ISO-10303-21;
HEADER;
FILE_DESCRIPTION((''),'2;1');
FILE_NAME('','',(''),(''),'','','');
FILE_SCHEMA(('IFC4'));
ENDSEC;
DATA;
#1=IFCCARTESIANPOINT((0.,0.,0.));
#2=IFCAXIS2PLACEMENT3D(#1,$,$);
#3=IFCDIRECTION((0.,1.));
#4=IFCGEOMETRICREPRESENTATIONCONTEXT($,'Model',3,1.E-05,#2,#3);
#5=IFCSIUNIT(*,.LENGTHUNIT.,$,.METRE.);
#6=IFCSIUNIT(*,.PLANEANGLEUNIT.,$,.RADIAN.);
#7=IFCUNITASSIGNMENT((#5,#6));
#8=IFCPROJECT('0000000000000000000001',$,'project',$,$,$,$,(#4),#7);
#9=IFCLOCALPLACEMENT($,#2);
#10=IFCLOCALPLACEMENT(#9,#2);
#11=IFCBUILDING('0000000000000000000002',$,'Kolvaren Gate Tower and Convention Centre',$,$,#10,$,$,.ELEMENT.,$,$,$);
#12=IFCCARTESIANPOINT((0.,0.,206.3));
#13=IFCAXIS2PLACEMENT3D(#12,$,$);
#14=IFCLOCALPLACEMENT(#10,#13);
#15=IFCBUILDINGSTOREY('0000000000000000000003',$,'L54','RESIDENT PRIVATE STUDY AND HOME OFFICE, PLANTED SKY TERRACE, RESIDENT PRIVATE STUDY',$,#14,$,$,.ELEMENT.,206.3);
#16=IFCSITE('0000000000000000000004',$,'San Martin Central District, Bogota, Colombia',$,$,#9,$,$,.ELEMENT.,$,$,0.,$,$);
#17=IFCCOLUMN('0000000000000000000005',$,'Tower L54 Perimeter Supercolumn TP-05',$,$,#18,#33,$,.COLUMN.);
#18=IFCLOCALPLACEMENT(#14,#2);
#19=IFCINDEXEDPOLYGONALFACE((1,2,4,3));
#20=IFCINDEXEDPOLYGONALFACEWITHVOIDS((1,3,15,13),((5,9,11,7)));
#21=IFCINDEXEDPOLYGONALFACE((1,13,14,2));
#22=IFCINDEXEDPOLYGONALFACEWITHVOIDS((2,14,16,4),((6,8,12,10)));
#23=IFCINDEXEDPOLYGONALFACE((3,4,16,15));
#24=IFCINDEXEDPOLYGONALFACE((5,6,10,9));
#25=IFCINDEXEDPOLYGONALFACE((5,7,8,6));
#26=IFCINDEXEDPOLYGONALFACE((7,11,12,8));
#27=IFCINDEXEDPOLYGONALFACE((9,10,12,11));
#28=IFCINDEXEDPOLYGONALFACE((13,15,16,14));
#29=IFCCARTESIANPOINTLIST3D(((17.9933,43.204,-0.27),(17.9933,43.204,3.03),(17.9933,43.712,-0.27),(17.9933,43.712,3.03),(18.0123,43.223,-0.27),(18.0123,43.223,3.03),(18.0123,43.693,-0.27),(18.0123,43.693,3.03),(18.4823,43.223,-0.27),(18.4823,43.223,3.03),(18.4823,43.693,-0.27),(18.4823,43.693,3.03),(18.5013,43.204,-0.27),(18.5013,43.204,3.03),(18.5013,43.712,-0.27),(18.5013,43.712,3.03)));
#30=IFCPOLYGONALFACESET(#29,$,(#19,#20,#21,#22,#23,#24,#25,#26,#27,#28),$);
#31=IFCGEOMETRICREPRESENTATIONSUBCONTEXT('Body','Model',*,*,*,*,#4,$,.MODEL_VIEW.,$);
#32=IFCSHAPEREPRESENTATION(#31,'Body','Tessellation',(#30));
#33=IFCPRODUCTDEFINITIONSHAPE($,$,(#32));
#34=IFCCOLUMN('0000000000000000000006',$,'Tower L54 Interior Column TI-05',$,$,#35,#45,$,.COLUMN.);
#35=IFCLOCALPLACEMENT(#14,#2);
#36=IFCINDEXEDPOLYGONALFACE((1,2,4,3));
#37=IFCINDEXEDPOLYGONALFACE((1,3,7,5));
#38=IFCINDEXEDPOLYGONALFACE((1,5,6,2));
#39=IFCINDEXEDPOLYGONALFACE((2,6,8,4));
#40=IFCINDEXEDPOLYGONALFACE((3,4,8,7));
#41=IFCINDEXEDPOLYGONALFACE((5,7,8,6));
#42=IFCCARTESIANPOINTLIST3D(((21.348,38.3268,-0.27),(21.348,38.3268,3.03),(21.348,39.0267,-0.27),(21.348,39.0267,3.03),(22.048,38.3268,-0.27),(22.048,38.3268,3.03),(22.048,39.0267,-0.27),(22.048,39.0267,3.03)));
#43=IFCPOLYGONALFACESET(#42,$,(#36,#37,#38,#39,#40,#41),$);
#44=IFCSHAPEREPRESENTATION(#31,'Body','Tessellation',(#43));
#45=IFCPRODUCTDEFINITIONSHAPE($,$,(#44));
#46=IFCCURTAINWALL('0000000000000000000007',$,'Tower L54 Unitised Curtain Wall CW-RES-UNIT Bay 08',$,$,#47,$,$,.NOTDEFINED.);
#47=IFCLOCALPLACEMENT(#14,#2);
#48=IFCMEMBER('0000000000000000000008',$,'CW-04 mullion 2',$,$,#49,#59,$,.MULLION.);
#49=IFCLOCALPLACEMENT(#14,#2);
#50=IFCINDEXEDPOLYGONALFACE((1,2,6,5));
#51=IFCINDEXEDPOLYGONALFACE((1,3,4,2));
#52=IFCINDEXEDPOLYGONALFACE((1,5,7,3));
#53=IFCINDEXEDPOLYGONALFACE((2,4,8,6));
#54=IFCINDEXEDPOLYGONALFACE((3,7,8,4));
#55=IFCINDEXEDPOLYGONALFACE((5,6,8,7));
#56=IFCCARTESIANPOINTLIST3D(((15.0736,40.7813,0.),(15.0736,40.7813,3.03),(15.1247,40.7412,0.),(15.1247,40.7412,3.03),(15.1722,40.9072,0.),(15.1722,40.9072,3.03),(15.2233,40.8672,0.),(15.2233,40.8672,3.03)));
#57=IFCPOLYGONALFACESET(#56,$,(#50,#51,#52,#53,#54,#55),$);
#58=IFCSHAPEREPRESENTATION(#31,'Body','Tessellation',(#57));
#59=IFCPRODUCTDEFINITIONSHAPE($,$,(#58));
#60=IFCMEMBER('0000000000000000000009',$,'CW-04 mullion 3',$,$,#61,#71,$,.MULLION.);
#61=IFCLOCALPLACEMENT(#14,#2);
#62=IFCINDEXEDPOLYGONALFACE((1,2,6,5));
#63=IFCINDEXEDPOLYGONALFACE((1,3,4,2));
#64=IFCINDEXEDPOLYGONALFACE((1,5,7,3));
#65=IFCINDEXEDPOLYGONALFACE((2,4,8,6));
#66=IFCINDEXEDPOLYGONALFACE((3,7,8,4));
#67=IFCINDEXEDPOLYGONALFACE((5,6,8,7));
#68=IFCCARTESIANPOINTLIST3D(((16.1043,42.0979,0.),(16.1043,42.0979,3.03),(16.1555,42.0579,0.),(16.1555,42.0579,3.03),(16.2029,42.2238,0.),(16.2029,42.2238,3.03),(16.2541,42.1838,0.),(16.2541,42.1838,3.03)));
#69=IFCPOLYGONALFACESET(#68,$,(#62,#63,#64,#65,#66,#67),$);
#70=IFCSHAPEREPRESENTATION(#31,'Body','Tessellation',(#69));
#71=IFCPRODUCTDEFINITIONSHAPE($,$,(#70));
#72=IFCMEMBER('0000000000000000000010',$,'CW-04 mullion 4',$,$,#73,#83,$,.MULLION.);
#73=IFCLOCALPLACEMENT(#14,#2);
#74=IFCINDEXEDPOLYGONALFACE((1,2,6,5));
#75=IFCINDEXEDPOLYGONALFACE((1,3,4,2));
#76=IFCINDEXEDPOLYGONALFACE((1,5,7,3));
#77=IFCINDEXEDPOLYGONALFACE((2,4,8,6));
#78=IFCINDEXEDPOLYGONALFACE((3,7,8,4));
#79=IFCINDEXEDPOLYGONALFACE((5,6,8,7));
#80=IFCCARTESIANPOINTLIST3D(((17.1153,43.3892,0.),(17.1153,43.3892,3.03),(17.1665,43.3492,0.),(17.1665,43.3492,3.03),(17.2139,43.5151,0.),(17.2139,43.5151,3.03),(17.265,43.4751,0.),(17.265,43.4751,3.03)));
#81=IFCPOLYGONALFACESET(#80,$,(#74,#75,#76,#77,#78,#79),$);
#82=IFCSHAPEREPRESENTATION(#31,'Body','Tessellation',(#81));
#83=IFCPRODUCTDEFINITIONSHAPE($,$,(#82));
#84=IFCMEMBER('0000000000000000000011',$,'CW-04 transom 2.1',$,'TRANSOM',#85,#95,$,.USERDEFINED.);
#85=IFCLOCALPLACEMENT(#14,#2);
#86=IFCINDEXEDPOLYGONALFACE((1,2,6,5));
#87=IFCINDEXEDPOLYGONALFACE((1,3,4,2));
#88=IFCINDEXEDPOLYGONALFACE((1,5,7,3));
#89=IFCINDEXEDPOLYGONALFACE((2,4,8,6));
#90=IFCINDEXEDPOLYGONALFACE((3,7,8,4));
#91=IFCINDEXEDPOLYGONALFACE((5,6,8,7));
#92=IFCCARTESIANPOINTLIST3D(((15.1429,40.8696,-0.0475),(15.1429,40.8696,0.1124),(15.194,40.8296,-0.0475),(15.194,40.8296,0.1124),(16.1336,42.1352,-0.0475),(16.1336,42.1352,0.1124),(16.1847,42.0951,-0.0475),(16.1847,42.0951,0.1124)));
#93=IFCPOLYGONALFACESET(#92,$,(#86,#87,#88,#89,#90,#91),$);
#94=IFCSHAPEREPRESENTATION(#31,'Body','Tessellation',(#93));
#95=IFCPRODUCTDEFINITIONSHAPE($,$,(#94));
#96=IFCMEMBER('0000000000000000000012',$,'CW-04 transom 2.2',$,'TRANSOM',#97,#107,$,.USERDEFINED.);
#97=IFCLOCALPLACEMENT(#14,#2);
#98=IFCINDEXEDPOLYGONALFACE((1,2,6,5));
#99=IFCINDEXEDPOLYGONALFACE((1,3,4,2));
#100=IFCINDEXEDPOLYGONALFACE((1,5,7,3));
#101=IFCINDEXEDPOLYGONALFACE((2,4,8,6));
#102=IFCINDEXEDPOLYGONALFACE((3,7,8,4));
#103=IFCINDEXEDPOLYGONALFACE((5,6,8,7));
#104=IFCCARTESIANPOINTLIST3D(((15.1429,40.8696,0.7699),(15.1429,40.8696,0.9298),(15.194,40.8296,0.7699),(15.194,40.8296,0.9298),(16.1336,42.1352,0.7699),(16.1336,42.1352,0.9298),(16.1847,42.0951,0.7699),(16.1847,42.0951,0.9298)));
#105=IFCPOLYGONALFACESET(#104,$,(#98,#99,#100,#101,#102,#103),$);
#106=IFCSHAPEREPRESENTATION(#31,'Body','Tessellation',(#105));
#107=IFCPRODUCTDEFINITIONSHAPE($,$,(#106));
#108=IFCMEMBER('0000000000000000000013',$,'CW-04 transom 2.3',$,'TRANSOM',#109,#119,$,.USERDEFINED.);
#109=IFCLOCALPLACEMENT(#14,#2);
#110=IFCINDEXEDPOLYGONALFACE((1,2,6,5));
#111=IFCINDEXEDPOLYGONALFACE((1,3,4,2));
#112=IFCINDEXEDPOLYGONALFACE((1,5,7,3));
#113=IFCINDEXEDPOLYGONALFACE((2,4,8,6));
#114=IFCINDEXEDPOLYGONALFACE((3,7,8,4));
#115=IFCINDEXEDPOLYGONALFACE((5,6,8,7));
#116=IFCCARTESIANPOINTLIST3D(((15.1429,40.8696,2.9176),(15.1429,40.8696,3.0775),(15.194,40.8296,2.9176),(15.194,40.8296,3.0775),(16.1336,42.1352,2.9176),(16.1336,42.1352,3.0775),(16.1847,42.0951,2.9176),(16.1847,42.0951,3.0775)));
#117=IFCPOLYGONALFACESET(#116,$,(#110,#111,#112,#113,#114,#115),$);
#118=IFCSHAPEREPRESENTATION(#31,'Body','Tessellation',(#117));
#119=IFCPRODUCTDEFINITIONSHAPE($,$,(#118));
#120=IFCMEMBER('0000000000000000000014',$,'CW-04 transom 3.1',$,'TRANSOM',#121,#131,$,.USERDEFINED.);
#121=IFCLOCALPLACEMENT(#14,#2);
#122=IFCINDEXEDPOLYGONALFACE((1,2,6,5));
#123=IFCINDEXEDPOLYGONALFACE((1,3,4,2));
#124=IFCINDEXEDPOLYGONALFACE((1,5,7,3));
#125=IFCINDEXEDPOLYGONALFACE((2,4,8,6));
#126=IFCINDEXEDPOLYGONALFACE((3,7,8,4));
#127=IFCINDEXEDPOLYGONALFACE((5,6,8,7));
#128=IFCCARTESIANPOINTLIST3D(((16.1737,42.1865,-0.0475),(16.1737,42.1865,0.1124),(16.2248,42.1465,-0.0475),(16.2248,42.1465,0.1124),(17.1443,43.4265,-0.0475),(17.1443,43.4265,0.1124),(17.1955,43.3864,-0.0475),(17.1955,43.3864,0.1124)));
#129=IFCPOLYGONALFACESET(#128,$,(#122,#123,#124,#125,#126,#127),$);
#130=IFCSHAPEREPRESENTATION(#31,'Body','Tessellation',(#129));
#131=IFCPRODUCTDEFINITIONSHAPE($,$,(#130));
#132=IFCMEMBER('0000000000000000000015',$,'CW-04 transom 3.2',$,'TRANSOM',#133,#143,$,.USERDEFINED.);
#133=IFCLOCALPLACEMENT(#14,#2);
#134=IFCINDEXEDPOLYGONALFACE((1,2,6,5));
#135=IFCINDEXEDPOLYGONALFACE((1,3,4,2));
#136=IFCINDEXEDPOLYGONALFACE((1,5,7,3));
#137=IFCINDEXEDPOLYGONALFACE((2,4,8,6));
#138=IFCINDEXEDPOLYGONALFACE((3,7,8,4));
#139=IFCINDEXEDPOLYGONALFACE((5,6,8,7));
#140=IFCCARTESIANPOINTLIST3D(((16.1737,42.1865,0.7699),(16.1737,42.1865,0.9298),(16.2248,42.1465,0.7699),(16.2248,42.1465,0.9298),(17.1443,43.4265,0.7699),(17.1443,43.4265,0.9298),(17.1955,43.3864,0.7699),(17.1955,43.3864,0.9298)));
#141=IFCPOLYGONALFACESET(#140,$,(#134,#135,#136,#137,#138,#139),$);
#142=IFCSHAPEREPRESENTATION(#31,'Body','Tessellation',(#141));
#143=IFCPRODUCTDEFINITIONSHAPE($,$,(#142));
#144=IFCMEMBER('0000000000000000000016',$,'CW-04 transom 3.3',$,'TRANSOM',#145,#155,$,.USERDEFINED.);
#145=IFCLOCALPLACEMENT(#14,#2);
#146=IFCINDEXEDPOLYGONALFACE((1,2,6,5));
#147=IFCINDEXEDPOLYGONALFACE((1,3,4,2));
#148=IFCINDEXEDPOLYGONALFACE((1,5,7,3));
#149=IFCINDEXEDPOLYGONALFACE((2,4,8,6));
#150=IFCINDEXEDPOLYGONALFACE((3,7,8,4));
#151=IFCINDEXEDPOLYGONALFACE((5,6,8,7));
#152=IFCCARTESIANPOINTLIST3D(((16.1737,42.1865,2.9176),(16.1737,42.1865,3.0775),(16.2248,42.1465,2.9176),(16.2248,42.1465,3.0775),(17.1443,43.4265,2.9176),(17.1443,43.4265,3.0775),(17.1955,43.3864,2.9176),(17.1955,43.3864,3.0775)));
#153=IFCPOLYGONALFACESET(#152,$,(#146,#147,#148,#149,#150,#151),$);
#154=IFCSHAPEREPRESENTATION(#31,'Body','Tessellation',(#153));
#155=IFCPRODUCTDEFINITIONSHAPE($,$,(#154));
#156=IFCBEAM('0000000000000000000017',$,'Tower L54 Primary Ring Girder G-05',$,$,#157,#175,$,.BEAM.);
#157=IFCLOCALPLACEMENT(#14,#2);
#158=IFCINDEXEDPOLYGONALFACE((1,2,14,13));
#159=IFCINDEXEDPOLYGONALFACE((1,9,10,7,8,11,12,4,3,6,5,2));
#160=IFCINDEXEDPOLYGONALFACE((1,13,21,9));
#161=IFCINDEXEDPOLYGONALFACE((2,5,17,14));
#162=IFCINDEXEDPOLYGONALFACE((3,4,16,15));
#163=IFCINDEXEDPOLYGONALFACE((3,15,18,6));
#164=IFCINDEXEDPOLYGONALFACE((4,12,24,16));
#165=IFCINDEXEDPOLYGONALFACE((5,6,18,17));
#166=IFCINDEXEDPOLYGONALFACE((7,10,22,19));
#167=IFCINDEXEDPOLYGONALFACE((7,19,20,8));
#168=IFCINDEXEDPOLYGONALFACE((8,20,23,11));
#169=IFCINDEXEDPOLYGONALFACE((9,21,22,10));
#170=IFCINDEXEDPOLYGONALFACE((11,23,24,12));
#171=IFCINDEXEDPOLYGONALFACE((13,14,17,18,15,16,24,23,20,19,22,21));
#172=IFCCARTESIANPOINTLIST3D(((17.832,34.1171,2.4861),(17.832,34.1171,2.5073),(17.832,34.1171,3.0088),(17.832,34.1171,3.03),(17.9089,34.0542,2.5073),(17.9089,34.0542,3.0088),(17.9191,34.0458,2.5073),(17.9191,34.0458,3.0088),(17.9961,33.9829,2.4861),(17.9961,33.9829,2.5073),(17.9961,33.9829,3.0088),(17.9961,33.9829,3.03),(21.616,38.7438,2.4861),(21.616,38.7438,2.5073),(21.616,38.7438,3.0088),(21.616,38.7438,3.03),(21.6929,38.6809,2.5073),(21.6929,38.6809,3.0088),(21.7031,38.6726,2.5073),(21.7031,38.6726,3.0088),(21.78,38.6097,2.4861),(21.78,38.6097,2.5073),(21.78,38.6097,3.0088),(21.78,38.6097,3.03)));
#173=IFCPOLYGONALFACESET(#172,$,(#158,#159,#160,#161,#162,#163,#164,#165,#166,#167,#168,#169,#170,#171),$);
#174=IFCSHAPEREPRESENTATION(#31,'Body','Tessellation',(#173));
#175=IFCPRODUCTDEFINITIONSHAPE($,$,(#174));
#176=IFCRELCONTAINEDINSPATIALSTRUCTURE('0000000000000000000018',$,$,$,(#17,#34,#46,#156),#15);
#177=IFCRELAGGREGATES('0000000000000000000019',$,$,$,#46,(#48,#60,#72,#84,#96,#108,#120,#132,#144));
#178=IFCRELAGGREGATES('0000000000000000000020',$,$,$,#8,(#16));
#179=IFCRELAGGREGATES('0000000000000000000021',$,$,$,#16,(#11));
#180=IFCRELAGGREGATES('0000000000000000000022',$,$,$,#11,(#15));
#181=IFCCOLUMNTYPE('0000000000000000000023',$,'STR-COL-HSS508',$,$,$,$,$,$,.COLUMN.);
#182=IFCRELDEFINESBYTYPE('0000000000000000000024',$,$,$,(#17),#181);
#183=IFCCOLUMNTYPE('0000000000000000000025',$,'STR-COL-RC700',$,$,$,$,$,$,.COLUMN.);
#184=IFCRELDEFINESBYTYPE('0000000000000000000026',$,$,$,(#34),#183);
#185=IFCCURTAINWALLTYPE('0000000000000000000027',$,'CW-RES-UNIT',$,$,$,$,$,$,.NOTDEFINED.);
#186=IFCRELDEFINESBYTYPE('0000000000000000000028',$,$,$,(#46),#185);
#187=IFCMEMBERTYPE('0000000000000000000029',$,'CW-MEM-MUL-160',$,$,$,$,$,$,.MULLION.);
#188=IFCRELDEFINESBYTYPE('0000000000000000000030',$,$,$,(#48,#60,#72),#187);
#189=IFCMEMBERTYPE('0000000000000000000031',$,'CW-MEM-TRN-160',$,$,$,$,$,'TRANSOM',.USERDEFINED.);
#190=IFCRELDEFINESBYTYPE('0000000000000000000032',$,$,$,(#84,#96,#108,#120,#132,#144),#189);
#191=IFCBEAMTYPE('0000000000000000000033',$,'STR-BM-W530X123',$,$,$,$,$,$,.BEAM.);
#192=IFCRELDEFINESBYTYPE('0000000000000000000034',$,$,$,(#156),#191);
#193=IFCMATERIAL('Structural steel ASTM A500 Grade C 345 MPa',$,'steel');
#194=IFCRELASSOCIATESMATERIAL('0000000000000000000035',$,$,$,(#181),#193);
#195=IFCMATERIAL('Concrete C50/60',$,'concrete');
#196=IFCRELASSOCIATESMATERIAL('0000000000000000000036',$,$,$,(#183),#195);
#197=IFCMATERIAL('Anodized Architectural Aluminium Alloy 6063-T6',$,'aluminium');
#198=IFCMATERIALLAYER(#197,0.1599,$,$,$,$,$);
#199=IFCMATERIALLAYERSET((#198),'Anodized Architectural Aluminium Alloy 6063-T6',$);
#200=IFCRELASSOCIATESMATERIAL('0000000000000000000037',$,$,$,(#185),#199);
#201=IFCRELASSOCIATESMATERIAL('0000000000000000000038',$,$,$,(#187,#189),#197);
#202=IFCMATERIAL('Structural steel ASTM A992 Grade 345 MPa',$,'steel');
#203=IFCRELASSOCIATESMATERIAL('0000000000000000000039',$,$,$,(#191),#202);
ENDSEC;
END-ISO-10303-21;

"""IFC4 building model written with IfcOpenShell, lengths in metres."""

from ifc_helpers import new_model, si_unit, direction, frame, origin, origin_2d, place, context, subcontext, project, spatial, rectangle, hollow_rectangle, i_section, extrude, material, layer, layer_set, material_profile, profile_set, type_object, element, aggregate, save


model = new_model("IFC4")

# Units and contexts
model_context = context("Model", 3, precision=1e-05, world=origin(), true_north=direction((0.0, 1.0)))
body_context = subcontext(model_context, "Body", "Model", "MODEL_VIEW")
ifc_project = project(units=[si_unit("LENGTHUNIT", "METRE"), si_unit("PLANEANGLEUNIT", "RADIAN")], contexts=[model_context])

# Site, building, storey
site_placement = place(None, origin())
site = spatial("IfcSite", under=ifc_project, at=site_placement, Name="San Martin Central District, Bogota, Colombia", CompositionType="ELEMENT", RefElevation=0.0)
building_placement = place(site_placement, origin())
building = spatial("IfcBuilding", under=site, at=building_placement, Name="Kolvaren Gate Tower and Convention Centre", CompositionType="ELEMENT")
storey_placement = place(building_placement, frame((0.0, 0.0, 206.3)))
storey = spatial("IfcBuildingStorey", under=building, at=storey_placement, Name="L54", Description="RESIDENT PRIVATE STUDY AND HOME OFFICE, PLANTED SKY TERRACE, RESIDENT PRIVATE STUDY", CompositionType="ELEMENT", Elevation=206.3)

# Columns
ifc_material_1 = material(Name="Structural steel ASTM A500 Grade C 345 MPa", Category="steel")
ifc_material_profile_1 = material_profile(ifc_material_1, hollow_rectangle(XDim=0.5081, YDim=0.5081, WallThickness=0.019, at=origin_2d()), Name="HSS508X508X19.1")
ifc_profile_set_1 = profile_set([ifc_material_profile_1], Name="Structural steel ASTM A500 Grade C 345 MPa")
column_type_1 = type_object("IfcColumnType", Name="STR-COL-HSS508", PredefinedType="COLUMN", material=ifc_profile_set_1)
column_1_placement = place(storey_placement, frame((18.2473, 43.458, -0.27), z_axis=(0.0, 0.0, 1.0), x_axis=(1.0, 0.0, 0.0)))
element("IfcColumn", 1, at=column_1_placement, inside=storey, type_object=column_type_1, Name="Tower L54 Perimeter Supercolumn TP-05", PredefinedType="COLUMN", context=body_context, shape_type="SweptSolid", body=[
    extrude(hollow_rectangle(XDim=0.5081, YDim=0.5081, WallThickness=0.019, at=origin_2d()), origin(), (0.0, 0.0, 1.0), 3.3),
])
ifc_material_2 = material(Name="Concrete C50/60", Category="concrete")
ifc_material_profile_2 = material_profile(ifc_material_2, rectangle(XDim=0.7, YDim=0.7, at=origin_2d()), Name="RC-COL-700X700")
ifc_profile_set_2 = profile_set([ifc_material_profile_2], Name="Concrete C50/60")
column_type_2 = type_object("IfcColumnType", Name="STR-COL-RC700", PredefinedType="COLUMN", material=ifc_profile_set_2)
column_2_placement = place(storey_placement, frame((21.698, 38.6768, -0.27), z_axis=(0.0, 0.0, 1.0), x_axis=(1.0, 0.0, 0.0)))
element("IfcColumn", 2, at=column_2_placement, inside=storey, type_object=column_type_2, Name="Tower L54 Interior Column TI-05", PredefinedType="COLUMN", context=body_context, shape_type="SweptSolid", body=[
    extrude(rectangle(XDim=0.7, YDim=0.7, at=origin_2d()), origin(), (0.0, 0.0, 1.0), 3.3),
])

# Curtain wall, members
ifc_material_3 = material(Name="Anodized Architectural Aluminium Alloy 6063-T6", Category="aluminium")
ifc_layer_1 = layer(ifc_material_3, 0.1599)
ifc_layer_set_1 = layer_set([ifc_layer_1], Name="Anodized Architectural Aluminium Alloy 6063-T6")
curtain_wall_type = type_object("IfcCurtainWallType", Name="CW-RES-UNIT", PredefinedType="NOTDEFINED", material=ifc_layer_set_1)
curtain_wall_placement = place(storey_placement, origin())
curtain_wall = element("IfcCurtainWall", 3, at=curtain_wall_placement, inside=storey, type_object=curtain_wall_type, Name="Tower L54 Unitised Curtain Wall CW-RES-UNIT Bay 08", PredefinedType="NOTDEFINED")
ifc_material_profile_3 = material_profile(ifc_material_3, rectangle(XDim=0.0649, YDim=0.1599, at=origin_2d()), Name="CW-MEM-MUL-160")
ifc_profile_set_3 = profile_set([ifc_material_profile_3], Name="Anodized Architectural Aluminium Alloy 6063-T6")
member_type_1 = type_object("IfcMemberType", Name="CW-MEM-MUL-160", PredefinedType="MULLION", material=ifc_profile_set_3)
member_1_placement = place(storey_placement, frame((15.1484, 40.8242, 0.0), z_axis=(0.0, 0.0, 1.0), x_axis=(-0.78741, 0.61643, 0.0)))
member_1 = element("IfcMember", 4, at=member_1_placement, type_object=member_type_1, Name="CW-04 mullion 2", PredefinedType="MULLION", context=body_context, shape_type="SweptSolid", body=[
    extrude(rectangle(XDim=0.0649, YDim=0.1599, at=origin_2d()), origin(), (0.0, 0.0, 1.0), 3.03),
])
member_2_placement = place(storey_placement, frame((16.1792, 42.1409, 0.0), z_axis=(0.0, 0.0, 1.0), x_axis=(-0.78741, 0.61643, 0.0)))
member_2 = element("IfcMember", 5, at=member_2_placement, type_object=member_type_1, Name="CW-04 mullion 3", PredefinedType="MULLION", context=body_context, shape_type="SweptSolid", body=[
    extrude(rectangle(XDim=0.0649, YDim=0.1599, at=origin_2d()), origin(), (0.0, 0.0, 1.0), 3.03),
])
member_3_placement = place(storey_placement, frame((17.1902, 43.4321, 0.0), z_axis=(0.0, 0.0, 1.0), x_axis=(-0.78741, 0.61643, 0.0)))
member_3 = element("IfcMember", 6, at=member_3_placement, type_object=member_type_1, Name="CW-04 mullion 4", PredefinedType="MULLION", context=body_context, shape_type="SweptSolid", body=[
    extrude(rectangle(XDim=0.0649, YDim=0.1599, at=origin_2d()), origin(), (0.0, 0.0, 1.0), 3.03),
])
ifc_material_profile_4 = material_profile(ifc_material_3, rectangle(XDim=0.0649, YDim=0.1599, at=origin_2d()), Name="CW-MEM-TRN-160")
ifc_profile_set_4 = profile_set([ifc_material_profile_4], Name="Anodized Architectural Aluminium Alloy 6063-T6")
member_type_2 = type_object("IfcMemberType", Name="CW-MEM-TRN-160", ElementType="TRANSOM", PredefinedType="USERDEFINED", material=ifc_profile_set_4)
member_4_placement = place(storey_placement, frame((15.1685, 40.8496, 0.0325), z_axis=(0.616398, 0.787434, 0.0), x_axis=(-0.787434, 0.616398, 0.0)))
member_4 = element("IfcMember", 7, at=member_4_placement, type_object=member_type_2, Name="CW-04 transom 2.1", ObjectType="TRANSOM", PredefinedType="USERDEFINED", context=body_context, shape_type="SweptSolid", body=[
    extrude(rectangle(XDim=0.0649, YDim=0.1599, at=origin_2d()), origin(), (0.0, 0.0, 1.0), 1.6072),
])
member_5_placement = place(storey_placement, frame((15.1685, 40.8496, 0.8499), z_axis=(0.616398, 0.787434, 0.0), x_axis=(-0.787434, 0.616398, 0.0)))
member_5 = element("IfcMember", 8, at=member_5_placement, type_object=member_type_2, Name="CW-04 transom 2.2", ObjectType="TRANSOM", PredefinedType="USERDEFINED", context=body_context, shape_type="SweptSolid", body=[
    extrude(rectangle(XDim=0.0649, YDim=0.1599, at=origin_2d()), origin(), (0.0, 0.0, 1.0), 1.6072),
])
member_6_placement = place(storey_placement, frame((15.1685, 40.8496, 2.9976), z_axis=(0.616398, 0.787434, 0.0), x_axis=(-0.787434, 0.616398, 0.0)))
member_6 = element("IfcMember", 9, at=member_6_placement, type_object=member_type_2, Name="CW-04 transom 2.3", ObjectType="TRANSOM", PredefinedType="USERDEFINED", context=body_context, shape_type="SweptSolid", body=[
    extrude(rectangle(XDim=0.0649, YDim=0.1599, at=origin_2d()), origin(), (0.0, 0.0, 1.0), 1.6072),
])
member_7_placement = place(storey_placement, frame((16.1992, 42.1665, 0.0325), z_axis=(0.616417, 0.78742, 0.0), x_axis=(-0.78742, 0.616417, 0.0)))
member_7 = element("IfcMember", 10, at=member_7_placement, type_object=member_type_2, Name="CW-04 transom 3.1", ObjectType="TRANSOM", PredefinedType="USERDEFINED", context=body_context, shape_type="SweptSolid", body=[
    extrude(rectangle(XDim=0.0649, YDim=0.1599, at=origin_2d()), origin(), (0.0, 0.0, 1.0), 1.5747),
])
member_8_placement = place(storey_placement, frame((16.1992, 42.1665, 0.8499), z_axis=(0.616417, 0.78742, 0.0), x_axis=(-0.78742, 0.616417, 0.0)))
member_8 = element("IfcMember", 11, at=member_8_placement, type_object=member_type_2, Name="CW-04 transom 3.2", ObjectType="TRANSOM", PredefinedType="USERDEFINED", context=body_context, shape_type="SweptSolid", body=[
    extrude(rectangle(XDim=0.0649, YDim=0.1599, at=origin_2d()), origin(), (0.0, 0.0, 1.0), 1.5747),
])
member_9_placement = place(storey_placement, frame((16.1992, 42.1665, 2.9976), z_axis=(0.616417, 0.78742, 0.0), x_axis=(-0.78742, 0.616417, 0.0)))
member_9 = element("IfcMember", 12, at=member_9_placement, type_object=member_type_2, Name="CW-04 transom 3.3", ObjectType="TRANSOM", PredefinedType="USERDEFINED", context=body_context, shape_type="SweptSolid", body=[
    extrude(rectangle(XDim=0.0649, YDim=0.1599, at=origin_2d()), origin(), (0.0, 0.0, 1.0), 1.5747),
])

# Beam
ifc_material_4 = material(Name="Structural steel ASTM A992 Grade 345 MPa", Category="steel")
ifc_material_profile_5 = material_profile(ifc_material_4, i_section(OverallWidth=0.2119, OverallDepth=0.5439, WebThickness=0.0132, FlangeThickness=0.0212, at=origin_2d()), Name="W530X123")
ifc_profile_set_5 = profile_set([ifc_material_profile_5], Name="Structural steel ASTM A992 Grade 345 MPa")
beam_type_1 = type_object("IfcBeamType", Name="STR-BM-W530X123", PredefinedType="BEAM", material=ifc_profile_set_5)
beam_1_placement = place(storey_placement, frame((21.698, 38.6768, 2.7581), z_axis=(-0.633082, -0.774085, 0.0), x_axis=(0.774085, -0.633082, 0.0)))
element("IfcBeam", 13, at=beam_1_placement, inside=storey, type_object=beam_type_1, Name="Tower L54 Primary Ring Girder G-05", PredefinedType="BEAM", context=body_context, shape_type="SweptSolid", body=[
    extrude(i_section(OverallWidth=0.2119, OverallDepth=0.5439, WebThickness=0.0132, FlangeThickness=0.0212, at=origin_2d()), origin(), (0.0, 0.0, 1.0), 5.9771),
])

aggregate(curtain_wall, [member_1, member_2, member_3, member_4, member_5, member_6, member_7, member_8, member_9])

save(model, "model.ifc")
